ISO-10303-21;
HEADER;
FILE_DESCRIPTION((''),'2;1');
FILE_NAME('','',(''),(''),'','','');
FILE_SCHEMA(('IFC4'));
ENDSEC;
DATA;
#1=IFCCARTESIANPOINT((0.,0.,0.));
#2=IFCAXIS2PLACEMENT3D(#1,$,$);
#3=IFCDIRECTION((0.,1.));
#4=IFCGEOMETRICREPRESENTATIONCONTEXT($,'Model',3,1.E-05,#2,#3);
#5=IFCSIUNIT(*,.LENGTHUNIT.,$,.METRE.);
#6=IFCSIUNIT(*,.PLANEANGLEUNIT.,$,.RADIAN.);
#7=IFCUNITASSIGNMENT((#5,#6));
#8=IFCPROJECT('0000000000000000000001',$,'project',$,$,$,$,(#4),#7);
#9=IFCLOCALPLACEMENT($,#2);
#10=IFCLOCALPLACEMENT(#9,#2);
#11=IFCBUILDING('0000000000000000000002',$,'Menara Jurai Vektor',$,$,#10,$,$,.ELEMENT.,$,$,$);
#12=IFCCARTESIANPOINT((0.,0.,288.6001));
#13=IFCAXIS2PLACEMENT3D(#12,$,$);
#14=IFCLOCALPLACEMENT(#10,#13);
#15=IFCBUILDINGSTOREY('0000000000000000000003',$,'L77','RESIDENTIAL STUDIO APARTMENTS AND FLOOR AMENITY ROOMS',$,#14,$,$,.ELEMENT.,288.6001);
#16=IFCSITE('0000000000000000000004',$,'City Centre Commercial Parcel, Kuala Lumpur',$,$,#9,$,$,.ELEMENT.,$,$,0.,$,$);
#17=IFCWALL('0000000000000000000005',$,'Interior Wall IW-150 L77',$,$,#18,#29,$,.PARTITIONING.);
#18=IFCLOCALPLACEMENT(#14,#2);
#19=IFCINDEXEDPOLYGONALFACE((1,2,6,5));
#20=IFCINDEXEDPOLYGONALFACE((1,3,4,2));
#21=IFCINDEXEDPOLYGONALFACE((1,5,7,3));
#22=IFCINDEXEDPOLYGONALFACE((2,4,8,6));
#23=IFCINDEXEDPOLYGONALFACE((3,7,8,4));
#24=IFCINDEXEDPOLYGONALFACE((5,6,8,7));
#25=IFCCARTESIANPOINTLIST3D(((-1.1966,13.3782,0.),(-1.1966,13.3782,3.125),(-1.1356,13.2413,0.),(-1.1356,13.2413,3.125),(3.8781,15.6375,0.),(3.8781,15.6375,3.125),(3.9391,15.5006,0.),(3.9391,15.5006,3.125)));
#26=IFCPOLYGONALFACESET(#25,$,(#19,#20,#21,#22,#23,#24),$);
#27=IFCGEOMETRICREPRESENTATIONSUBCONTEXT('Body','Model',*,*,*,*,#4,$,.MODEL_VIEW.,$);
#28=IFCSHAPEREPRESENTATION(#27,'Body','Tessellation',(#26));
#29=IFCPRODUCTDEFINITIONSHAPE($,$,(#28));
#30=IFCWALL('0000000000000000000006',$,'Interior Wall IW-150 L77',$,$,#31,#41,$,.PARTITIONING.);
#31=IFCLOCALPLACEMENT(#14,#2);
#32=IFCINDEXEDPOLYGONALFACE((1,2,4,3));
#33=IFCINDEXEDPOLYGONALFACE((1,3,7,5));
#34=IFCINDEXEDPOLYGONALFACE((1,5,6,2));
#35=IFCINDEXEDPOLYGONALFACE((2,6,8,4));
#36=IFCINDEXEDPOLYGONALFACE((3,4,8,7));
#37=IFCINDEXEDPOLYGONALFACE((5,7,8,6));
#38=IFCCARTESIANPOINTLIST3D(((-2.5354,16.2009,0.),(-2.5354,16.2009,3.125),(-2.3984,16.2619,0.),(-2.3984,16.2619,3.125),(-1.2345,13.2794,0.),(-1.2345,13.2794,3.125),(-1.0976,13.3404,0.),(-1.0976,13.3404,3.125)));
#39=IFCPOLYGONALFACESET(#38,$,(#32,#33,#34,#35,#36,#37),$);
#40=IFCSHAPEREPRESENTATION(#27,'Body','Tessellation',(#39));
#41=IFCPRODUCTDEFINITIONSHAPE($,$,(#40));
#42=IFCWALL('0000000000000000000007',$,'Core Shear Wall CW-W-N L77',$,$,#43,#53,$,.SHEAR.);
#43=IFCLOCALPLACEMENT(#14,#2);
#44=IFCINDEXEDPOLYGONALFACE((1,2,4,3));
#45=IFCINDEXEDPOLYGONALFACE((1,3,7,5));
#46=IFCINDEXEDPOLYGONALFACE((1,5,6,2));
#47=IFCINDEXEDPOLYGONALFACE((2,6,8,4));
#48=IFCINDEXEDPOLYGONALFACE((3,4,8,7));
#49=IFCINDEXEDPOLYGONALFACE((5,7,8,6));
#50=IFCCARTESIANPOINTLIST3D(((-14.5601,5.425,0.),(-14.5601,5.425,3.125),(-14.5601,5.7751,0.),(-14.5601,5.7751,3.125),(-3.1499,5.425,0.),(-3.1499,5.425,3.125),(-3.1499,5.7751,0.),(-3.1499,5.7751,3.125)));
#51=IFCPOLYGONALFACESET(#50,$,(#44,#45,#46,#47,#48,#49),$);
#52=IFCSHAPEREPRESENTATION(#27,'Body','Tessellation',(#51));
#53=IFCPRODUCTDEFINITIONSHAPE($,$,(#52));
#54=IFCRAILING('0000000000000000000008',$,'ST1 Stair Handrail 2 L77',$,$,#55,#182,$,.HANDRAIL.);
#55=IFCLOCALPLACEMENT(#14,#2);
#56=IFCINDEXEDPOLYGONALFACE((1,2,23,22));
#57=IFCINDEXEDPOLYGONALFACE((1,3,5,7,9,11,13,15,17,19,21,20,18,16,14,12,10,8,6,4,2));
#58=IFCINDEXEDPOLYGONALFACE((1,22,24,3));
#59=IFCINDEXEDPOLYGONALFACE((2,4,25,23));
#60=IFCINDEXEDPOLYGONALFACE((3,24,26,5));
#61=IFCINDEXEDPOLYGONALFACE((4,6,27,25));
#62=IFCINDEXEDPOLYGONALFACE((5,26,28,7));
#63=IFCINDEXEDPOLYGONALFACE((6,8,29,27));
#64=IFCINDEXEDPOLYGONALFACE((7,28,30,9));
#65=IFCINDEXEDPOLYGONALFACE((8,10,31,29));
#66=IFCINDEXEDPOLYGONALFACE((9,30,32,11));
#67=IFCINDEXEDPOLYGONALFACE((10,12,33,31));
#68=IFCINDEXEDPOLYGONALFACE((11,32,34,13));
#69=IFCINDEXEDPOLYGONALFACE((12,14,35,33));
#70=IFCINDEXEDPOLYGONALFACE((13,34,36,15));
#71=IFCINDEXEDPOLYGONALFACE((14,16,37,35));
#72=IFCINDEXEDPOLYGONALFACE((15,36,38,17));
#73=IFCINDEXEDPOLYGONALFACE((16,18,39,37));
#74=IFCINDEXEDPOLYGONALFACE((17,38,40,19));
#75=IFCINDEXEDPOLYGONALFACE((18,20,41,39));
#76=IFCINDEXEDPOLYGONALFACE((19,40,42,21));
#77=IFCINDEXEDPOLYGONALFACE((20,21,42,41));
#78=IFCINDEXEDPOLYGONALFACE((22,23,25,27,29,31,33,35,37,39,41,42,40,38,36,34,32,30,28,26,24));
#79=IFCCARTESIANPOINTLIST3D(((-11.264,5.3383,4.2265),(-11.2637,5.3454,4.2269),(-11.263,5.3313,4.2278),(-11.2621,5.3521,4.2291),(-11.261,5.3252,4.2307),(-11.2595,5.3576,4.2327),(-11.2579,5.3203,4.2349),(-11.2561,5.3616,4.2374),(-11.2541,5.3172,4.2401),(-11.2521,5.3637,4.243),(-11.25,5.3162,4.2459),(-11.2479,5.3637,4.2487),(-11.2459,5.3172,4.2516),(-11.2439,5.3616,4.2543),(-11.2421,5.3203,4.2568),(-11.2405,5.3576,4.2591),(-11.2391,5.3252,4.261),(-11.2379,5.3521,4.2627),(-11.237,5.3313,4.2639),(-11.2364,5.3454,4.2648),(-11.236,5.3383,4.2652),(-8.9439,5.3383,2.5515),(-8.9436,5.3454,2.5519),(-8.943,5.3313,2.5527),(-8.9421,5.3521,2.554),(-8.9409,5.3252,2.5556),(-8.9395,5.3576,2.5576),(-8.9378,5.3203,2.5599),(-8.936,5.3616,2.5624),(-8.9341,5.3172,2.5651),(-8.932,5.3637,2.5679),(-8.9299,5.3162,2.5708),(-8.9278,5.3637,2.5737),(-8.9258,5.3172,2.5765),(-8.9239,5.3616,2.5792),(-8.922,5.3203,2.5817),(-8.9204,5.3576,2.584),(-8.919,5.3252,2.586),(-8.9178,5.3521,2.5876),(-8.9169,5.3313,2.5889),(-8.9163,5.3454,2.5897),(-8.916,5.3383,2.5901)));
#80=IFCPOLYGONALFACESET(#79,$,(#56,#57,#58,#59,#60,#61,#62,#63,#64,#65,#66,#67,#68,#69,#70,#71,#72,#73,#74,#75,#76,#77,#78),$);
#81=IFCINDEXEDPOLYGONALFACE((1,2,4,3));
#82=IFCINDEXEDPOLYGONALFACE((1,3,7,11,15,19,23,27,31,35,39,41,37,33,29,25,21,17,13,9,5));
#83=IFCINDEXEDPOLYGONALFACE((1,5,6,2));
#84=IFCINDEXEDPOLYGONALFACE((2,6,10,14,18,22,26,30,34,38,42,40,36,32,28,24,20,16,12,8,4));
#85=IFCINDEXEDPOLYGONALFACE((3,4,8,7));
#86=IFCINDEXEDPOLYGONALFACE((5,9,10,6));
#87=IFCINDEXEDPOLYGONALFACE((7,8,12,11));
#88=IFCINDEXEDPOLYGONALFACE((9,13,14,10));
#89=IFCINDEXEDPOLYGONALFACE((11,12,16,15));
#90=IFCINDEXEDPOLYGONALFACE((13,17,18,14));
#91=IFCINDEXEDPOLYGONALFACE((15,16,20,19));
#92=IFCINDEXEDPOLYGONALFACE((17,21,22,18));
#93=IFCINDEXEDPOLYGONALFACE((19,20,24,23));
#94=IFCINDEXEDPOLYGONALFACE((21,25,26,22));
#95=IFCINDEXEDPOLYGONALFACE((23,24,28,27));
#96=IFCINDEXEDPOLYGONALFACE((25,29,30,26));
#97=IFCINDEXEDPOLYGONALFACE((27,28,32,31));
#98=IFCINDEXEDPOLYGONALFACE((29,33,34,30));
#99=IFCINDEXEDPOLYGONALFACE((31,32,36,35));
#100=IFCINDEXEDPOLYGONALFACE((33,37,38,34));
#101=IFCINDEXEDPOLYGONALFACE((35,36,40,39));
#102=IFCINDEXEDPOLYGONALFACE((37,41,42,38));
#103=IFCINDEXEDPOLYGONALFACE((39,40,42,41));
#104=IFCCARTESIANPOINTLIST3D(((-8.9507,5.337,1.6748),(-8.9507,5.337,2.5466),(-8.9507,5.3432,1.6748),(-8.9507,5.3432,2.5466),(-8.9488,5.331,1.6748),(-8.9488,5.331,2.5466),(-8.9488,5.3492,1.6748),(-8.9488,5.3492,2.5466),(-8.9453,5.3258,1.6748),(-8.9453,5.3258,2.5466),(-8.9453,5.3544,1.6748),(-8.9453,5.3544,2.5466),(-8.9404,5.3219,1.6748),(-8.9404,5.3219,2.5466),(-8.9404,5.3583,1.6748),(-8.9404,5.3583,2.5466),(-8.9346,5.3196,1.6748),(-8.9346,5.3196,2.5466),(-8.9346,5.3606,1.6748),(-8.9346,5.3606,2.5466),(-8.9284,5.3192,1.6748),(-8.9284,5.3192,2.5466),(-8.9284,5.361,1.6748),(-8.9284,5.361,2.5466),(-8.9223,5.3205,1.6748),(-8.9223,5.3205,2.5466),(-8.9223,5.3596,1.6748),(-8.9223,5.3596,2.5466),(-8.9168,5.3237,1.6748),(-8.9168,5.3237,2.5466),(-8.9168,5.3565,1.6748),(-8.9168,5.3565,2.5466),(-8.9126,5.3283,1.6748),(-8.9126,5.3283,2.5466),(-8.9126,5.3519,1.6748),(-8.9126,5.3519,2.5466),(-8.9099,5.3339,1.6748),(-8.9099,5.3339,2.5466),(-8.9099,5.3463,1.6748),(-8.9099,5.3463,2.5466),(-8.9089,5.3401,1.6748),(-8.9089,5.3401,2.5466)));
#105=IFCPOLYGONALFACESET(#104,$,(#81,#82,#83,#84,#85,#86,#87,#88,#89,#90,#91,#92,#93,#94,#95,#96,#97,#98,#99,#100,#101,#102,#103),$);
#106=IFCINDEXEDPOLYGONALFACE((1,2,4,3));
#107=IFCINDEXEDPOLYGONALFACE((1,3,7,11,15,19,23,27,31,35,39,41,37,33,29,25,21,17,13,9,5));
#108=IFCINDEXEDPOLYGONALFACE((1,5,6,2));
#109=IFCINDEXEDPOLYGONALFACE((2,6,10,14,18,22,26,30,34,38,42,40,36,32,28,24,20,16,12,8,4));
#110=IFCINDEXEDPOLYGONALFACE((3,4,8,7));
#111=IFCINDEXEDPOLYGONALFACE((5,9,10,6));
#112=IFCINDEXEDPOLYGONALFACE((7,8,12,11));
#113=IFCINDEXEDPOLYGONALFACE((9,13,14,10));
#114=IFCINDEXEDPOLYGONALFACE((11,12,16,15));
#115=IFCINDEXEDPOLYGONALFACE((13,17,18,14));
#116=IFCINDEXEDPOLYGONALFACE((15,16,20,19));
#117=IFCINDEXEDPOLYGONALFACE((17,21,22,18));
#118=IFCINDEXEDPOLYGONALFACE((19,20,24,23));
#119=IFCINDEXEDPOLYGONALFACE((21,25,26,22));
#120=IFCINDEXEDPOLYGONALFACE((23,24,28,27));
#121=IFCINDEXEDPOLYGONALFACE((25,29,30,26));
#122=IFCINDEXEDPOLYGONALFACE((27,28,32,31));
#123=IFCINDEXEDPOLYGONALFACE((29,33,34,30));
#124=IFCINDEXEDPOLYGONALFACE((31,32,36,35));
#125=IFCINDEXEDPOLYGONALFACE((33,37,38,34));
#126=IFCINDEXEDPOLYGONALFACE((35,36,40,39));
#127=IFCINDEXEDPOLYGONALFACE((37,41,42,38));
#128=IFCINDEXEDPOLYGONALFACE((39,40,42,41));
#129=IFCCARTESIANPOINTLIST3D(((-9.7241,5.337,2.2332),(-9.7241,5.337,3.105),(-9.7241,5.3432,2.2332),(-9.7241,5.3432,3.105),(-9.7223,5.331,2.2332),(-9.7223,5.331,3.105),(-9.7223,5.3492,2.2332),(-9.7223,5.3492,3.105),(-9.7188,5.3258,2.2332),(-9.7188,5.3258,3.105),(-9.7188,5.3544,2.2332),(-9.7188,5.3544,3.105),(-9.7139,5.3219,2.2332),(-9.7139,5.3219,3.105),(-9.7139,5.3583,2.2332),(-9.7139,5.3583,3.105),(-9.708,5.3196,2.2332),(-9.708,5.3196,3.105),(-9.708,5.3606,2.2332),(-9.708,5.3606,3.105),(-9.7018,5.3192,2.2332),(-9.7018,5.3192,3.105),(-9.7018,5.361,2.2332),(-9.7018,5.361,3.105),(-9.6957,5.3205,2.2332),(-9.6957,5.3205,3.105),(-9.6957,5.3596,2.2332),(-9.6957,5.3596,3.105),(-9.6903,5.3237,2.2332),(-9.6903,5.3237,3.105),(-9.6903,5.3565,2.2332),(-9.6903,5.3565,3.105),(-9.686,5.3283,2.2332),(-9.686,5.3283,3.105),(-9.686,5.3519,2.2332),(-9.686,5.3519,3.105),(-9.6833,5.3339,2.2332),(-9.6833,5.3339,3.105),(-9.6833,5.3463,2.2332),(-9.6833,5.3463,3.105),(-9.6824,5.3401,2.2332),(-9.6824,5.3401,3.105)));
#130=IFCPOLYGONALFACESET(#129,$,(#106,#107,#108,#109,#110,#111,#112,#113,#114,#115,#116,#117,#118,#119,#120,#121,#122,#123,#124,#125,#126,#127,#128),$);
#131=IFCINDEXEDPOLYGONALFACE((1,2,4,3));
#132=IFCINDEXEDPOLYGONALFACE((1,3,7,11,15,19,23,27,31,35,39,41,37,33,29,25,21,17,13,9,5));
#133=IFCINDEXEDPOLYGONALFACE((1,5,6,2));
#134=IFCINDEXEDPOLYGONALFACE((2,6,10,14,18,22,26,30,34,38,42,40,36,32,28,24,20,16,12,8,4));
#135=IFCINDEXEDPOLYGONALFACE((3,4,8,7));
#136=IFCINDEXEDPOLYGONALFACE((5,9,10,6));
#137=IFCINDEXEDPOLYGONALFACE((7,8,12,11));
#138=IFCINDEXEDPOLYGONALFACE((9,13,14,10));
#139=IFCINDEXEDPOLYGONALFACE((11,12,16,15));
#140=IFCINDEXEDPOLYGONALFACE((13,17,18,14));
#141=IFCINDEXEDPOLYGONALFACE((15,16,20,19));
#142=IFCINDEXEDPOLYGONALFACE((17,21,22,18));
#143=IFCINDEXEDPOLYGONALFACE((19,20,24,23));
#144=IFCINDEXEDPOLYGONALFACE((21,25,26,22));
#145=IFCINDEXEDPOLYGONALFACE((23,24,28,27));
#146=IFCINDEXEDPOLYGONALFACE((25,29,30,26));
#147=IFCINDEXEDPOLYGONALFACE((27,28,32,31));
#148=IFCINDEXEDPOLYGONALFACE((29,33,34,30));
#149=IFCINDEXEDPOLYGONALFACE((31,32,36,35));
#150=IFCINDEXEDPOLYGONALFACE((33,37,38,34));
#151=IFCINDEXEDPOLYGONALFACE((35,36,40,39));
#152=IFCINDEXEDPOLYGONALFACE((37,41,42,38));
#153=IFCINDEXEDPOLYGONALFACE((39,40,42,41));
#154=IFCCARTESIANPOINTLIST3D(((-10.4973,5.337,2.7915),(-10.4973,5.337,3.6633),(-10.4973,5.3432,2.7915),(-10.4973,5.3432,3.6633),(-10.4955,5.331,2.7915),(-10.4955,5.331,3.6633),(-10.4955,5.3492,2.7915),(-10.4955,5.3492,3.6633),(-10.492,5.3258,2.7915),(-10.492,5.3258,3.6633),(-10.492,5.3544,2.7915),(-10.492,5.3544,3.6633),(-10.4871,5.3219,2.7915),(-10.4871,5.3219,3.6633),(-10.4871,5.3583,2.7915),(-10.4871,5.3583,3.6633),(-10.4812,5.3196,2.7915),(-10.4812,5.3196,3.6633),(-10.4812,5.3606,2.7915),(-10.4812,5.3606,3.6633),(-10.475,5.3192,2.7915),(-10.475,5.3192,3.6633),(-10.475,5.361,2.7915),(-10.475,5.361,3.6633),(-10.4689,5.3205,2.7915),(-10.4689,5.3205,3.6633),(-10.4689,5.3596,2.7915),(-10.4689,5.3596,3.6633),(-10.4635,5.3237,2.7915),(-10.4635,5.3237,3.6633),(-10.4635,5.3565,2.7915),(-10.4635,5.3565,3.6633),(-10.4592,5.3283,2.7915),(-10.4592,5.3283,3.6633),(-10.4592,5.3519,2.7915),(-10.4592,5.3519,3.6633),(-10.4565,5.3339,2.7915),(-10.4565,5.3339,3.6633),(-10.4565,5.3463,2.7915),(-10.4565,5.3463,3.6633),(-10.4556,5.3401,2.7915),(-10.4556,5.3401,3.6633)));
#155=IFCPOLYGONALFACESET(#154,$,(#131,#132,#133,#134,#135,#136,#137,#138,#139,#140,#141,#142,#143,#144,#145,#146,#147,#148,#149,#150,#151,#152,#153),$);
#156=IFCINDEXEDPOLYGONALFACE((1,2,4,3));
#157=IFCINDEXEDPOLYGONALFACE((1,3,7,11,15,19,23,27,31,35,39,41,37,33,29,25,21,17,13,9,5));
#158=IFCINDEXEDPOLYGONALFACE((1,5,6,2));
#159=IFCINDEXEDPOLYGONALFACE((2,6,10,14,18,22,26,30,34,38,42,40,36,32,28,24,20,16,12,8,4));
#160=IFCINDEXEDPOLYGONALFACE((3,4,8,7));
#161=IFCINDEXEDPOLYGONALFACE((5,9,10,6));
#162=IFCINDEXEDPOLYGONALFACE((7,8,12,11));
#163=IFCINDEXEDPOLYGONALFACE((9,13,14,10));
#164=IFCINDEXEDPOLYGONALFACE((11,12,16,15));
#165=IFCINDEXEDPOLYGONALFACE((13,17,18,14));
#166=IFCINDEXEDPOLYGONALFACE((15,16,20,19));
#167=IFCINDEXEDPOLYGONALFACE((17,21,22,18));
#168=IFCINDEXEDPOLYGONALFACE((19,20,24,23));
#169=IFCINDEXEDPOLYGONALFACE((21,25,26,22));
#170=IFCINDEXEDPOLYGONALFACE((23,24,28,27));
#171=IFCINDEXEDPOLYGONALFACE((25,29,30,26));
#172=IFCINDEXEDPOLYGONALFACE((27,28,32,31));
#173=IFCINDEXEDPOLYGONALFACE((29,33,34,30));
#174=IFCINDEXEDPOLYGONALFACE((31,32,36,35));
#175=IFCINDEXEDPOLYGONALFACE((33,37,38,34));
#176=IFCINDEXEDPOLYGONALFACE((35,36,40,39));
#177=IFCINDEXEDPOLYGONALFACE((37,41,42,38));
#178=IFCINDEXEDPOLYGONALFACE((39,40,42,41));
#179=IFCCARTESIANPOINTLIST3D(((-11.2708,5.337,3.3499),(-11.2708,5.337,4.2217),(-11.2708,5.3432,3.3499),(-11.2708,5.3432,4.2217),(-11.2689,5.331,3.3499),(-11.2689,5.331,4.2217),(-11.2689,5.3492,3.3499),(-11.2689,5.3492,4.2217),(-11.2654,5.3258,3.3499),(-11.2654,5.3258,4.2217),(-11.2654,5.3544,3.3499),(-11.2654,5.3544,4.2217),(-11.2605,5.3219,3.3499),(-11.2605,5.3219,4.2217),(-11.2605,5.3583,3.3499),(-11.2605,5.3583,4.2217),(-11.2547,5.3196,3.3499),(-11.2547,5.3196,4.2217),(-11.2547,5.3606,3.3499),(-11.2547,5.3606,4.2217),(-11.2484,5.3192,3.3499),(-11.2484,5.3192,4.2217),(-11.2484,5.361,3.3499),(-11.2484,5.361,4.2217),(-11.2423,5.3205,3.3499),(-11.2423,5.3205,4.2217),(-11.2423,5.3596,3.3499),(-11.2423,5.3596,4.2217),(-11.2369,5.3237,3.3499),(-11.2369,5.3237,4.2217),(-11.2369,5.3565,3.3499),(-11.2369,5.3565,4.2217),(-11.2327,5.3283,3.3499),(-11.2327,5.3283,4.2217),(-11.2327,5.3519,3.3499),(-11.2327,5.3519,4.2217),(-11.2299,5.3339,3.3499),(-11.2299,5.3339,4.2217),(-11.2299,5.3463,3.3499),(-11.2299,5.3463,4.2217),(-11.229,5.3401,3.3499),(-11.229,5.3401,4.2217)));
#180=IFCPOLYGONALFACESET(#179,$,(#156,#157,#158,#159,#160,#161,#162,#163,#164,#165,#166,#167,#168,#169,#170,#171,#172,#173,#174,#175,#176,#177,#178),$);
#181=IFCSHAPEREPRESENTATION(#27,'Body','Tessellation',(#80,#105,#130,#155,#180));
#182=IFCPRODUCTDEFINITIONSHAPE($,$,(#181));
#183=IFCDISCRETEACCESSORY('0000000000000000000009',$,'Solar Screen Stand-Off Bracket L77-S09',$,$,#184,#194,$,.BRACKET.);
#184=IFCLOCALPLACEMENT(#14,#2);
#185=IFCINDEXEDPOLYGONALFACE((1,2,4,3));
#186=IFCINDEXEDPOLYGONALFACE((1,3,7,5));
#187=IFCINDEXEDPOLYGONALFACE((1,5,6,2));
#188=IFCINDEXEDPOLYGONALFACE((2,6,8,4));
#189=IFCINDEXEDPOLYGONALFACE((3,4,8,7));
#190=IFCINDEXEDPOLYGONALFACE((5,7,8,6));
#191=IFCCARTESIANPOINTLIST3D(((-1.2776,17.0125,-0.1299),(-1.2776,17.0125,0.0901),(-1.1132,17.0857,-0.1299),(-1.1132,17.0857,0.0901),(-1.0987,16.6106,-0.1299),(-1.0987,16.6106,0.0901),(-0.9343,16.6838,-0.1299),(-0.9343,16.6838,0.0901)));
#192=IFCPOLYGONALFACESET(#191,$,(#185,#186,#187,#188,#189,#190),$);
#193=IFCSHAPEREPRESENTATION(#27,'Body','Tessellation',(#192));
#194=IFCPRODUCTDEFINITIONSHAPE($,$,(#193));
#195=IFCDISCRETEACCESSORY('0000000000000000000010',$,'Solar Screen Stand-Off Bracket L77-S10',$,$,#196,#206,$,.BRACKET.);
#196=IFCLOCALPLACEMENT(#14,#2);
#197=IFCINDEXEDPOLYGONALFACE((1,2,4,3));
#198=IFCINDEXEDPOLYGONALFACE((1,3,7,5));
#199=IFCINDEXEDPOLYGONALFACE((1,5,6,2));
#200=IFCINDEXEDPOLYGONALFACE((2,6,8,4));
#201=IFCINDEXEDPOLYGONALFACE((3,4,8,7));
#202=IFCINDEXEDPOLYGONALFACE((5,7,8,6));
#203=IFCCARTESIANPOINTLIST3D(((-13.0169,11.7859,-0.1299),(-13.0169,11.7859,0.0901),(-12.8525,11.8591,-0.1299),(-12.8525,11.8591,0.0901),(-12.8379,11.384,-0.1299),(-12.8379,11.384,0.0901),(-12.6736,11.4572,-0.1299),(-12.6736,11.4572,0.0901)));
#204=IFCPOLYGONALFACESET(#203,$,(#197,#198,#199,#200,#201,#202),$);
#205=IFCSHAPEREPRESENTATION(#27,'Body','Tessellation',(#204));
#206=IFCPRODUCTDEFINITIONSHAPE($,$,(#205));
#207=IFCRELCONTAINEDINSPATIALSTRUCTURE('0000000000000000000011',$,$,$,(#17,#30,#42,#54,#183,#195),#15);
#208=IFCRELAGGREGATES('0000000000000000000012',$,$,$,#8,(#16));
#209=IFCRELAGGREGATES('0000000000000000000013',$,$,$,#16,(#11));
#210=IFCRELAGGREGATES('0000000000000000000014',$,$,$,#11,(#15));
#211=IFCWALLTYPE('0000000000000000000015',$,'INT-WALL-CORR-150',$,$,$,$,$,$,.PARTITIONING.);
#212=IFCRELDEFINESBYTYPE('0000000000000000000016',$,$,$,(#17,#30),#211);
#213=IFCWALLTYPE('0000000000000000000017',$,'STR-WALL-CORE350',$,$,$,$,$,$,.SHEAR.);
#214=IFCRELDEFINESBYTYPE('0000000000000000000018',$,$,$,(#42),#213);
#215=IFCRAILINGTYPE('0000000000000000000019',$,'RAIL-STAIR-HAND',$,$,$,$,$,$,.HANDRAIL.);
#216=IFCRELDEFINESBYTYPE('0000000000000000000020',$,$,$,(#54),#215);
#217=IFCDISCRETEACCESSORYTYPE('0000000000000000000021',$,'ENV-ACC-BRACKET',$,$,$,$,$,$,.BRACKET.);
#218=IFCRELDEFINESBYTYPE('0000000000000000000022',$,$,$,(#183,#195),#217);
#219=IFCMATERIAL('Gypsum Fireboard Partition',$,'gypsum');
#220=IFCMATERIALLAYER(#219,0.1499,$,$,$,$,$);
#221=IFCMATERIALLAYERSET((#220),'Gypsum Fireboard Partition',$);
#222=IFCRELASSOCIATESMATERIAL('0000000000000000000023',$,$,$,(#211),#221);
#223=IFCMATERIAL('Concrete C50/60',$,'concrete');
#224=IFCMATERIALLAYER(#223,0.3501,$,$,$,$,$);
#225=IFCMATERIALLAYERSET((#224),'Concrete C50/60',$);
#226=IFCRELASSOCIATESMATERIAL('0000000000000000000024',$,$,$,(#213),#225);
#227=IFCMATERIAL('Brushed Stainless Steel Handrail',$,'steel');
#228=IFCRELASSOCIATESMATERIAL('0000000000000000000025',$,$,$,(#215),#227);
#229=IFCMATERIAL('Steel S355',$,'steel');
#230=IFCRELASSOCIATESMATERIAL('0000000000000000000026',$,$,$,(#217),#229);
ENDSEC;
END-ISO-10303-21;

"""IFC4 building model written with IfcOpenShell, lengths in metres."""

from ifc_helpers import new_model, si_unit, direction, frame, frame_2d, origin, origin_2d, place, context, subcontext, project, spatial, rectangle, circle, extrude, material, layer, layer_set, type_object, element, save


model = new_model("IFC4")

# Units and contexts
model_context = context("Model", 3, precision=1e-05, world=origin(), true_north=direction((0.0, 1.0)))
body_context = subcontext(model_context, "Body", "Model", "MODEL_VIEW")
ifc_project = project(units=[si_unit("LENGTHUNIT", "METRE"), si_unit("PLANEANGLEUNIT", "RADIAN")], contexts=[model_context])

# Site, building, storey
site_placement = place(None, origin())
site = spatial("IfcSite", under=ifc_project, at=site_placement, Name="City Centre Commercial Parcel, Kuala Lumpur", CompositionType="ELEMENT", RefElevation=0.0)
building_placement = place(site_placement, origin())
building = spatial("IfcBuilding", under=site, at=building_placement, Name="Menara Jurai Vektor", CompositionType="ELEMENT")
storey_placement = place(building_placement, frame((0.0, 0.0, 288.6001)))
storey = spatial("IfcBuildingStorey", under=building, at=storey_placement, Name="L77", Description="RESIDENTIAL STUDIO APARTMENTS AND FLOOR AMENITY ROOMS", CompositionType="ELEMENT", Elevation=288.6001)

# Shared definitions
ifc_material_1 = material(Name="Steel S355", Category="steel")

# Wall
ifc_material_2 = material(Name="Gypsum Fireboard Partition", Category="gypsum")
ifc_layer_1 = layer(ifc_material_2, 0.1499)
ifc_layer_set_1 = layer_set([ifc_layer_1], Name="Gypsum Fireboard Partition")
wall_type_1 = type_object("IfcWallType", Name="INT-WALL-CORR-150", PredefinedType="PARTITIONING", material=ifc_layer_set_1)
wall_1_placement = place(storey_placement, frame((-1.166, 13.3098, 0.0), z_axis=(0.0, 0.0, 1.0), x_axis=(0.913554, 0.406717, 0.0)))
element("IfcWall", 1, at=wall_1_placement, inside=storey, type_object=wall_type_1, Name="Interior Wall IW-150 L77", PredefinedType="PARTITIONING", context=body_context, shape_type="SweptSolid", body=[
    extrude(rectangle(XDim=5.5549, YDim=0.1499, at=frame_2d((2.7773, 0.0))), origin(), (0.0, 0.0, 1.0), 3.125),
])

# Walls
wall_2_placement = place(storey_placement, frame((-1.166, 13.3098, 0.0), z_axis=(0.0, 0.0, 1.0), x_axis=(-0.406762, 0.913534, 0.0)))
element("IfcWall", 2, at=wall_2_placement, inside=storey, type_object=wall_type_1, Name="Interior Wall IW-150 L77", PredefinedType="PARTITIONING", context=body_context, shape_type="SweptSolid", body=[
    extrude(rectangle(XDim=3.198, YDim=0.1499, at=frame_2d((1.5991, 0.0))), origin(), (0.0, 0.0, 1.0), 3.125),
])
ifc_material_3 = material(Name="Concrete C50/60", Category="concrete")
ifc_layer_2 = layer(ifc_material_3, 0.3501)
ifc_layer_set_2 = layer_set([ifc_layer_2], Name="Concrete C50/60")
wall_type_2 = type_object("IfcWallType", Name="STR-WALL-CORE350", PredefinedType="SHEAR", material=ifc_layer_set_2)
wall_3_placement = place(storey_placement, frame((-14.5601, 5.6001, 0.0), z_axis=(0.0, 0.0, 1.0), x_axis=(1.0, 0.0, 0.0)))
element("IfcWall", 3, at=wall_3_placement, inside=storey, type_object=wall_type_2, Name="Core Shear Wall CW-W-N L77", PredefinedType="SHEAR", context=body_context, shape_type="SweptSolid", body=[
    extrude(rectangle(XDim=11.4102, YDim=0.3501, at=frame_2d((5.7051, 0.0))), origin(), (0.0, 0.0, 1.0), 3.125),
])

# Railing
ifc_material_4 = material(Name="Brushed Stainless Steel Handrail", Category="steel")
railing_type = type_object("IfcRailingType", Name="RAIL-STAIR-HAND", PredefinedType="HANDRAIL", material=ifc_material_4)
railing_placement = place(storey_placement, frame((-8.9299, 5.3401, 1.6748)))
element("IfcRailing", 4, at=railing_placement, inside=storey, type_object=railing_type, Name="ST1 Stair Handrail 2 L77", PredefinedType="HANDRAIL", context=body_context, shape_type="SweptSolid", body=[
    extrude(circle(Radius=0.0239, at=origin_2d()), frame((0.0, 0.0, 0.896), z_axis=(-0.810771, 0.0, 0.585363), x_axis=(0.0, -1.0, 0.0)), (0.0, 0.0, 1.0), 2.8616),
    extrude(circle(Radius=0.021, at=origin_2d()), origin(), (0.0, 0.0, 1.0), 0.8718),
    extrude(circle(Radius=0.021, at=origin_2d()), frame((-0.7734, 0.0, 0.5583)), (0.0, 0.0, 1.0), 0.8718),
    extrude(circle(Radius=0.021, at=origin_2d()), frame((-1.5466, 0.0, 1.1167)), (0.0, 0.0, 1.0), 0.8718),
    extrude(circle(Radius=0.021, at=origin_2d()), frame((-2.3201, 0.0, 1.675)), (0.0, 0.0, 1.0), 0.8718),
])

# Discrete accessories
discrete_accessory_type = type_object("IfcDiscreteAccessoryType", Name="ENV-ACC-BRACKET", PredefinedType="BRACKET", material=ifc_material_1)
for number, where, z_axis, x_axis, name in (
    (5, (-1.106, 16.8481, -0.1299), (0.0, 0.0, 1.0), (-0.913545, -0.406737, 0.0), "Solar Screen Stand-Off Bracket L77-S09"),
    (6, (-12.8452, 11.6216, -0.1299), (0.0, 0.0, 1.0), (-0.913545, -0.406737, 0.0), "Solar Screen Stand-Off Bracket L77-S10"),
):
    element("IfcDiscreteAccessory", number, at=place(storey_placement, frame(where, z_axis=z_axis, x_axis=x_axis)), inside=storey, type_object=discrete_accessory_type, Name=name, PredefinedType="BRACKET", context=body_context, shape_type="SweptSolid", body=[
        extrude(rectangle(XDim=0.1799, YDim=0.4399, at=origin_2d()), origin(), (0.0, 0.0, 1.0), 0.22),
    ])

save(model, "model.ifc")
